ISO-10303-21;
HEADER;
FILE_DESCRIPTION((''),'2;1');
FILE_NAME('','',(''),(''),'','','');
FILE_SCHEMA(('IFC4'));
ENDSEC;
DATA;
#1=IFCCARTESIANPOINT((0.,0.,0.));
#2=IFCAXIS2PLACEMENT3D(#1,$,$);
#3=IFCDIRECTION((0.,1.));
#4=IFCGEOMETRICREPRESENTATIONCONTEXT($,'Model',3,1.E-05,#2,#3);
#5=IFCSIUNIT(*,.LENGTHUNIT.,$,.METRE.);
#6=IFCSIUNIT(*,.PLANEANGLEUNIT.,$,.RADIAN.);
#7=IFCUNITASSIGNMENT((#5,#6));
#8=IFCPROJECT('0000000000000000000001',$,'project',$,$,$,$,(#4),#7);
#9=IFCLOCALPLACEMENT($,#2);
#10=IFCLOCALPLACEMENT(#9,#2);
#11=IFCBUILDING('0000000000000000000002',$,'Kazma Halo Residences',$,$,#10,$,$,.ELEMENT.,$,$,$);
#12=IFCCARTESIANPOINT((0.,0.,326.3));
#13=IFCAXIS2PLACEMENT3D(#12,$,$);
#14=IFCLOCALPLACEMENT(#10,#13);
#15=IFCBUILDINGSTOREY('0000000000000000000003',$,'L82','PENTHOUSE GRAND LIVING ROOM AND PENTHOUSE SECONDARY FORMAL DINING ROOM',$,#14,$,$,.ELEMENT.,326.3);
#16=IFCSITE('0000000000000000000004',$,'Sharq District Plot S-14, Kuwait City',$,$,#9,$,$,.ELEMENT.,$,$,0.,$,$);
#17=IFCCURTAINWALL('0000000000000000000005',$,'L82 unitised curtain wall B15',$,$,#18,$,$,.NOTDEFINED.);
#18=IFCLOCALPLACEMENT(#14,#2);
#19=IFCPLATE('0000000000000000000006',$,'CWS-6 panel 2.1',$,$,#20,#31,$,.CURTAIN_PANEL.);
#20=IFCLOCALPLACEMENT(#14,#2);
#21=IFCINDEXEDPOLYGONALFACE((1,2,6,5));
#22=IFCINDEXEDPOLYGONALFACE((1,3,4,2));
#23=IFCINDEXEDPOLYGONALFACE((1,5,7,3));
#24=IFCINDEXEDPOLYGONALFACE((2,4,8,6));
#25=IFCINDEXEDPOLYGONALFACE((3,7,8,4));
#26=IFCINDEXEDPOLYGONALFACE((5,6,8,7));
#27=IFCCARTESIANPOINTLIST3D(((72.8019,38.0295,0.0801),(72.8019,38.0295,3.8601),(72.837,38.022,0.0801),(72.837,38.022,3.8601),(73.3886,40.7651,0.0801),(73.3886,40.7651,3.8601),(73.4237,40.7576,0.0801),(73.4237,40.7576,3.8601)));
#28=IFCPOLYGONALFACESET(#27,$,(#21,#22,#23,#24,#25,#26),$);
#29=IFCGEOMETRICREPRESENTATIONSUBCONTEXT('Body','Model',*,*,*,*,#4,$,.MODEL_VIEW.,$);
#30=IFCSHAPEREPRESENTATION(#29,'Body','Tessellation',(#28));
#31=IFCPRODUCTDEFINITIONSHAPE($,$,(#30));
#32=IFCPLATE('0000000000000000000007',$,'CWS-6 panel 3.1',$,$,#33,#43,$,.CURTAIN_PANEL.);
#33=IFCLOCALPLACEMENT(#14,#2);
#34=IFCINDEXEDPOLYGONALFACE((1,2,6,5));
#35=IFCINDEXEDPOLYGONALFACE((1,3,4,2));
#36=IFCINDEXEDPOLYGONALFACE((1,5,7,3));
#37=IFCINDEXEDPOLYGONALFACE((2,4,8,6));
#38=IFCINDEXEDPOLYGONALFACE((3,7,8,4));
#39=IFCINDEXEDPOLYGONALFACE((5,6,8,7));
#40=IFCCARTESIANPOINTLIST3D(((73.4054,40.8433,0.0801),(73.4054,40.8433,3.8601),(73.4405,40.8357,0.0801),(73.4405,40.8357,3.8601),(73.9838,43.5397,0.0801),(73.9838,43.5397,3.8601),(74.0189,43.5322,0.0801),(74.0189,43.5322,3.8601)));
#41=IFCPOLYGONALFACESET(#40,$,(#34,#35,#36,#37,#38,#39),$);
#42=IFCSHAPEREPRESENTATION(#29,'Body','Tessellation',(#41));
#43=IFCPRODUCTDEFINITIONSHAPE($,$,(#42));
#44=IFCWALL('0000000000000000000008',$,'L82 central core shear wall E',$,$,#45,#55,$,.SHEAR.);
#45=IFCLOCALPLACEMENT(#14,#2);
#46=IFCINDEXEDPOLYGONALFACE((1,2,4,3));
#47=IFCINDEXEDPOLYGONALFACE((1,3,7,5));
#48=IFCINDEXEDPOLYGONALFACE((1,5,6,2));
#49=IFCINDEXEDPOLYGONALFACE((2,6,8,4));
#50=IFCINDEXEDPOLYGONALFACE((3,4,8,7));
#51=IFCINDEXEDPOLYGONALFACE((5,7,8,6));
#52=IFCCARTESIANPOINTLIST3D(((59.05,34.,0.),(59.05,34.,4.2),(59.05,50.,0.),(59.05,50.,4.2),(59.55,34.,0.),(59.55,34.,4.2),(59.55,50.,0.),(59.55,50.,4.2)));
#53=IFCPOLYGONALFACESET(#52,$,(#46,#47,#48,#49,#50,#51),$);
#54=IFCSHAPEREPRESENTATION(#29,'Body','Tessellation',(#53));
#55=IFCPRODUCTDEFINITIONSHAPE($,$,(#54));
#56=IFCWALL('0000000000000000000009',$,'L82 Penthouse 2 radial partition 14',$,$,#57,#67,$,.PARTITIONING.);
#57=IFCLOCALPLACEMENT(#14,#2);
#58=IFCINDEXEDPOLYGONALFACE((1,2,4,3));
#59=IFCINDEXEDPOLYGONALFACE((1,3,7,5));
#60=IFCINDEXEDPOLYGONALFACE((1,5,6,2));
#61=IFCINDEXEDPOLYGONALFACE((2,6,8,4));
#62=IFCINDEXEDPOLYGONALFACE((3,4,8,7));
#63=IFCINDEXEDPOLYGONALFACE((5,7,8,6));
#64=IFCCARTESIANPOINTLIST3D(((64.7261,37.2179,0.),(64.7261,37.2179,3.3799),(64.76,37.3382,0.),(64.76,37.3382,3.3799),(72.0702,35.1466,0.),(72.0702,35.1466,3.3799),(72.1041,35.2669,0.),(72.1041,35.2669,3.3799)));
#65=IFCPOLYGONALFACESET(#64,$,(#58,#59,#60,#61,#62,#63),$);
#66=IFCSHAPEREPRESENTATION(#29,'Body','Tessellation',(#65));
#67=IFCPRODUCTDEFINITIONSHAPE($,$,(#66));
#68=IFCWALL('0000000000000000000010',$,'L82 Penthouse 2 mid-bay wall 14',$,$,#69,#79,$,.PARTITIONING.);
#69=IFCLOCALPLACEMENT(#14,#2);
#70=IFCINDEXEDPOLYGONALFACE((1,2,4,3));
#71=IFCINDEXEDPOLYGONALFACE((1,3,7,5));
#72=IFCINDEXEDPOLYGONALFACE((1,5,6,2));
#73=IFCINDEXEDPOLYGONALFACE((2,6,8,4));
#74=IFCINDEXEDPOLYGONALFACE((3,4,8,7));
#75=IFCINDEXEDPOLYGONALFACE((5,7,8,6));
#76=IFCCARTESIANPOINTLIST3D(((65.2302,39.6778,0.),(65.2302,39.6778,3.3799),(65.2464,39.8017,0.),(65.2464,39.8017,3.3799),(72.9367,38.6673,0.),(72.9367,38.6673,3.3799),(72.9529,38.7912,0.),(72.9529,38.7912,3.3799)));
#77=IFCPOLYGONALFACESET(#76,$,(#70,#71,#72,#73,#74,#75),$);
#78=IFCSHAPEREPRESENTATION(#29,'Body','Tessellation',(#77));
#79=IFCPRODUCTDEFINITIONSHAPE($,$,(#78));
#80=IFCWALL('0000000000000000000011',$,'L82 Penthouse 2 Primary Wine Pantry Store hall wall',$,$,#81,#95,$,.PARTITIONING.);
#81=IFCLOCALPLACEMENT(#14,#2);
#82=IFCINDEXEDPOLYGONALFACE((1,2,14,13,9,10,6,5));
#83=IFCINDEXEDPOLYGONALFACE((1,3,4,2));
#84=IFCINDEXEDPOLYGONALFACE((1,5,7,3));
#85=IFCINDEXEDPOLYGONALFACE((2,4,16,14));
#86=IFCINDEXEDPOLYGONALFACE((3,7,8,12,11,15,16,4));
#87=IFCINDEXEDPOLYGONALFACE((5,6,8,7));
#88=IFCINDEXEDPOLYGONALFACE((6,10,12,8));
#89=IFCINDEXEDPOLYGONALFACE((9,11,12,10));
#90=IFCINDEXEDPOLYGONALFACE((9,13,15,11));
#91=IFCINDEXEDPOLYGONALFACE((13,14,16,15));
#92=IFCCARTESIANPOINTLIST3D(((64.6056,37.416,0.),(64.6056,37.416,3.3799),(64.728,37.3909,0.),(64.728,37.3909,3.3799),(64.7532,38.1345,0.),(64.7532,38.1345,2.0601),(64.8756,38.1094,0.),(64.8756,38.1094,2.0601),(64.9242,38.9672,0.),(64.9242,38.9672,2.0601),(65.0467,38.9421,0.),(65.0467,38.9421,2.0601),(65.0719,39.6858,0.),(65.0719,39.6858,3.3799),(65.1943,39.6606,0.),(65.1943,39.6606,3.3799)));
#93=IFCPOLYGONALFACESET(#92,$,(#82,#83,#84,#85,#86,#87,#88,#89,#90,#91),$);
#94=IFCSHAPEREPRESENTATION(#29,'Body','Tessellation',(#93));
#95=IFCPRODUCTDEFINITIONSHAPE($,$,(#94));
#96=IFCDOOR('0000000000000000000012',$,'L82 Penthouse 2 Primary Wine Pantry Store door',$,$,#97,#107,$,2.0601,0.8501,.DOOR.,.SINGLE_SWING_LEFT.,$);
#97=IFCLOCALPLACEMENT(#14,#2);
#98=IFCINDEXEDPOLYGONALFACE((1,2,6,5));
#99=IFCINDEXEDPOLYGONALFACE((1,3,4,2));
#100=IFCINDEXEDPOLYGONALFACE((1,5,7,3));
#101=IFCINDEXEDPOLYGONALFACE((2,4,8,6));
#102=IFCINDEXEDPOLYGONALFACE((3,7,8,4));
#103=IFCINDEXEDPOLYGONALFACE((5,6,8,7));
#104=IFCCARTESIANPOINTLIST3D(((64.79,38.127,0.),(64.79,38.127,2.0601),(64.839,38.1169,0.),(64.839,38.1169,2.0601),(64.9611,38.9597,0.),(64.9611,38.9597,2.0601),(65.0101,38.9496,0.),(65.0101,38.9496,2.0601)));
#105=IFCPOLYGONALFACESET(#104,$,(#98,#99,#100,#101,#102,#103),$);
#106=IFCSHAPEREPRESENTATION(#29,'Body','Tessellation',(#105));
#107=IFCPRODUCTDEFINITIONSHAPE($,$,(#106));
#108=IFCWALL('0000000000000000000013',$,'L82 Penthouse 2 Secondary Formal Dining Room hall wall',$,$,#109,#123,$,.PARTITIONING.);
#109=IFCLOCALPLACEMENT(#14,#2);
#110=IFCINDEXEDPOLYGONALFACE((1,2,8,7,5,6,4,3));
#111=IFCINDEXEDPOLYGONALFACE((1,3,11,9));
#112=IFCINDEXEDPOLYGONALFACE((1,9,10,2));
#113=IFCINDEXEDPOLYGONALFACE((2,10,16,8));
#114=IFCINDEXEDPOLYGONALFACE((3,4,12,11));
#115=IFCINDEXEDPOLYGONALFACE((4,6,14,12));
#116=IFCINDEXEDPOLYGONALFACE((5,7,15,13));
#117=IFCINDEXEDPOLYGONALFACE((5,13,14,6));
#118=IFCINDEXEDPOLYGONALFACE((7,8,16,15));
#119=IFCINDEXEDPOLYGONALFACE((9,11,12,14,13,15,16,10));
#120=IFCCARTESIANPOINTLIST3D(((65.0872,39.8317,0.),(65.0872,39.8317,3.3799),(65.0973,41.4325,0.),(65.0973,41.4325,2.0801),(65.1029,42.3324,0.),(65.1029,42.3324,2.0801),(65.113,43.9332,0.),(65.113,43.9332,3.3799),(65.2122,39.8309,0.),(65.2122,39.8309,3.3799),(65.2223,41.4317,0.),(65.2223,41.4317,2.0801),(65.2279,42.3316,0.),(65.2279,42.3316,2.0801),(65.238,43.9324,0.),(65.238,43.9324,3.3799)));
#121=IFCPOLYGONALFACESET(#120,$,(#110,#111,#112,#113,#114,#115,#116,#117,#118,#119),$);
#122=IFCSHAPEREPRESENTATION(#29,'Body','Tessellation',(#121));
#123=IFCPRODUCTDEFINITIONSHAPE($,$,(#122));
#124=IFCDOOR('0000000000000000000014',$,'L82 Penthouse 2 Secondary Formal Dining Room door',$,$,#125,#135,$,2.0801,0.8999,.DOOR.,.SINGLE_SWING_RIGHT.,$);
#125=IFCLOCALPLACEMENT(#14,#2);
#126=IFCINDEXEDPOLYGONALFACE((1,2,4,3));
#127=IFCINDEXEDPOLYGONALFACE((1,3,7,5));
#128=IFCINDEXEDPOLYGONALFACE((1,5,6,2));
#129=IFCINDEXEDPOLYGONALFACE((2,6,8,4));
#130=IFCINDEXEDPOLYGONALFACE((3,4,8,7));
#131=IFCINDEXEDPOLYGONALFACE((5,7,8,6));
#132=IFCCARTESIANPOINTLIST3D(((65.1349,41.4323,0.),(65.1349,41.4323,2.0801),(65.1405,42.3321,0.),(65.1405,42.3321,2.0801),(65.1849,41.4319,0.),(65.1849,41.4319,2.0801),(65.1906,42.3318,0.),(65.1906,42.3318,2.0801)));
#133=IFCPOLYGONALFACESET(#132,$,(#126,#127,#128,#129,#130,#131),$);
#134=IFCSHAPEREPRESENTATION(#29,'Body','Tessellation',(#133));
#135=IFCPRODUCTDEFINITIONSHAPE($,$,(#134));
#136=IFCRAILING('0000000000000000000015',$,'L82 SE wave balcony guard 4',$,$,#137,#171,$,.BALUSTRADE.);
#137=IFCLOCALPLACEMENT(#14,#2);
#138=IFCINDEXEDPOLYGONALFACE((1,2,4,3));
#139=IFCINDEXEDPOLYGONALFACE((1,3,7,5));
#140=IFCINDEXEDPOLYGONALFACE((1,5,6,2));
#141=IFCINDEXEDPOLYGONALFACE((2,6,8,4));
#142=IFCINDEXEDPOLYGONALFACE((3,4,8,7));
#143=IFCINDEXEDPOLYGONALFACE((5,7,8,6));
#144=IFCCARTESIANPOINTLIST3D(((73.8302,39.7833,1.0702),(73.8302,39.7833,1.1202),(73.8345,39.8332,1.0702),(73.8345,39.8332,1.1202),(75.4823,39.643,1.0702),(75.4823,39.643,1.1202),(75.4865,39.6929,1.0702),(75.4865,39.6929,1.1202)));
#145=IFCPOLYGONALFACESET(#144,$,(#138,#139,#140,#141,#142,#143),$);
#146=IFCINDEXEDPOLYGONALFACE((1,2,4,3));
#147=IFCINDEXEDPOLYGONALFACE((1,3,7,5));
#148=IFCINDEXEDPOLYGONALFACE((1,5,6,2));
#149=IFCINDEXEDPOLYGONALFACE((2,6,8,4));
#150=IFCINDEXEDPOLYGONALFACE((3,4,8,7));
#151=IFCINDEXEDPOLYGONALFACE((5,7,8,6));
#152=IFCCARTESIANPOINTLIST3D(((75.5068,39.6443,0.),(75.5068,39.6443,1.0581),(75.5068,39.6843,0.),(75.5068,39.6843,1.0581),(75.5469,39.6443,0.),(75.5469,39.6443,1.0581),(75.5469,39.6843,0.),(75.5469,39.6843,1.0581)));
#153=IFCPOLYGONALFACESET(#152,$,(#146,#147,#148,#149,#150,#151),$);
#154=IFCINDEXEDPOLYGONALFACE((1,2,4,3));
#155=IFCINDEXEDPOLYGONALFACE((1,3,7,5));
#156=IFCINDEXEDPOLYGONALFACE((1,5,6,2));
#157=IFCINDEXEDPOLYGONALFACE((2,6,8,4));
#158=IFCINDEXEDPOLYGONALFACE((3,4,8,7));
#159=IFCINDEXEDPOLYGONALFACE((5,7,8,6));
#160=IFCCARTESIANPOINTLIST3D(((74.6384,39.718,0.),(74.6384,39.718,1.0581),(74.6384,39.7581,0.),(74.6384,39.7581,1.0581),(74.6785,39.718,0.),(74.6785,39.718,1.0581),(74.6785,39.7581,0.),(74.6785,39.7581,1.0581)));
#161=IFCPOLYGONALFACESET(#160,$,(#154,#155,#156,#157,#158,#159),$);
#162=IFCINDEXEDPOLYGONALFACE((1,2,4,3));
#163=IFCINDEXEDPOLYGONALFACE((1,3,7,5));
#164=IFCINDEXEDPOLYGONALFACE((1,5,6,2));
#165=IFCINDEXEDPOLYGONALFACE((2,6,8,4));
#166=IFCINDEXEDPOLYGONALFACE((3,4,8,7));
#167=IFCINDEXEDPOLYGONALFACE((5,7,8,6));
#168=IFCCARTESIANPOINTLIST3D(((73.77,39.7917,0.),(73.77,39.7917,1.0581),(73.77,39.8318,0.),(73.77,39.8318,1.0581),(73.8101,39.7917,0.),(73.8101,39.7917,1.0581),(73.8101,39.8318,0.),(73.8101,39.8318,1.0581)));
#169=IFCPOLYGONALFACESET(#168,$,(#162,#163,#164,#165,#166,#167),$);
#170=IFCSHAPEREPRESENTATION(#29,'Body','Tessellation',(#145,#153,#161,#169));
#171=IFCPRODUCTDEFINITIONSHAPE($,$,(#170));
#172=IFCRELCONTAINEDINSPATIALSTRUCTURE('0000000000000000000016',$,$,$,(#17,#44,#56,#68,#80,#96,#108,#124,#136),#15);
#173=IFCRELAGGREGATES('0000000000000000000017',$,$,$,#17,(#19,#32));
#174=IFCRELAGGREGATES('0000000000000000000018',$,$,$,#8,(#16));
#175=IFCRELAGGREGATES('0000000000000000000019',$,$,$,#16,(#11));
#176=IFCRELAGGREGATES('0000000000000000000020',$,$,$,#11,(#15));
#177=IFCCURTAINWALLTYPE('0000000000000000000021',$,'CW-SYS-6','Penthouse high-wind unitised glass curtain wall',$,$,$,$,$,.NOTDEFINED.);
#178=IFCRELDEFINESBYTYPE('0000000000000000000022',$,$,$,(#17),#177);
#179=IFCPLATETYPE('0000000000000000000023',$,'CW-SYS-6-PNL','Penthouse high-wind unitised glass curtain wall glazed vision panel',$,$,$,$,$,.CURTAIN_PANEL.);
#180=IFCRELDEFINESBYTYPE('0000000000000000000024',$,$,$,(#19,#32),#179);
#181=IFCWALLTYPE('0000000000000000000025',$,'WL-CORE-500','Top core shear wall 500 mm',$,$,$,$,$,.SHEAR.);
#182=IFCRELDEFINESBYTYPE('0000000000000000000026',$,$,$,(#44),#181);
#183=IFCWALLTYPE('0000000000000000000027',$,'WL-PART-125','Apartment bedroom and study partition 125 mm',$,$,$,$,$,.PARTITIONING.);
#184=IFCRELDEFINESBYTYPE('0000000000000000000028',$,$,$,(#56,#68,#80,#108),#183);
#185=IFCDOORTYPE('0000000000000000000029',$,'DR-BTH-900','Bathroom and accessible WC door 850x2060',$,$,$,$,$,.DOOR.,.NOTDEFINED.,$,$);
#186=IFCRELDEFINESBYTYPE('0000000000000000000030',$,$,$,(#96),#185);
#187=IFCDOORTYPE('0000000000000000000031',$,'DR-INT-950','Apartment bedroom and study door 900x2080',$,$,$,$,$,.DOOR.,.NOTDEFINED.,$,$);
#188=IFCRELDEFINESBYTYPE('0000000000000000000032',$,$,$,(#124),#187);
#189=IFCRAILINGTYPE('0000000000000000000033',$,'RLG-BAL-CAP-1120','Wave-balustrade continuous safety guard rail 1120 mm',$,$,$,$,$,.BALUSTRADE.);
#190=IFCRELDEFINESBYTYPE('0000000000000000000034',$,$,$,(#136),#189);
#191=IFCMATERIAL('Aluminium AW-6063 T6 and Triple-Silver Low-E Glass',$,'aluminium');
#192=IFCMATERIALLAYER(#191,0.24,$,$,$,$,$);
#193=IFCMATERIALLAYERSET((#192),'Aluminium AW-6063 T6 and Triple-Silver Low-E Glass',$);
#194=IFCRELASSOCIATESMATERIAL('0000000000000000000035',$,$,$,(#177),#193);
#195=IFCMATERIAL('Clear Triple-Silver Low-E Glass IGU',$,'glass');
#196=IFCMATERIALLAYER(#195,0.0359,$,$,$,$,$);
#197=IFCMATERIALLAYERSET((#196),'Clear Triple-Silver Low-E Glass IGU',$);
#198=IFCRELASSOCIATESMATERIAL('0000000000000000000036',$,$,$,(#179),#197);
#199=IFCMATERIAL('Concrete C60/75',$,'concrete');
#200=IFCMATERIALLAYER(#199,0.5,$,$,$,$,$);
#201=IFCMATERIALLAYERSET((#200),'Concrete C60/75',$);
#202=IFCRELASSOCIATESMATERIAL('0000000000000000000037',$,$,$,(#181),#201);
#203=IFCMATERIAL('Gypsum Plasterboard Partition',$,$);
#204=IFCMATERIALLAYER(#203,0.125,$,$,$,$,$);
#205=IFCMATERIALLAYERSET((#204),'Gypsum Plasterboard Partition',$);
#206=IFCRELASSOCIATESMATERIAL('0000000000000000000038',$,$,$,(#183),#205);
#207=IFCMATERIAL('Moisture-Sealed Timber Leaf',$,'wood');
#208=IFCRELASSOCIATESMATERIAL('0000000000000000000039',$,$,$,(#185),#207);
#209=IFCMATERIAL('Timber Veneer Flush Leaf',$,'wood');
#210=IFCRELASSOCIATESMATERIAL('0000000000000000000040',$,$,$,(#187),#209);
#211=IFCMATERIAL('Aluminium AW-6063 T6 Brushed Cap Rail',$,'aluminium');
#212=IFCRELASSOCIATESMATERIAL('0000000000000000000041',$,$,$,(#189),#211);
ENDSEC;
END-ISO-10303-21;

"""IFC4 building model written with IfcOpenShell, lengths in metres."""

from ifc_helpers import new_model, si_unit, direction, frame, frame_2d, origin, origin_2d, place, context, subcontext, project, spatial, rectangle, extrude, material, layer, layer_set, type_object, element, fill, aggregate, save


model = new_model("IFC4")

# Units and contexts
model_context = context("Model", 3, precision=1e-05, world=origin(), true_north=direction((0.0, 1.0)))
body_context = subcontext(model_context, "Body", "Model", "MODEL_VIEW")
ifc_project = project(units=[si_unit("LENGTHUNIT", "METRE"), si_unit("PLANEANGLEUNIT", "RADIAN")], contexts=[model_context])

# Site, building, storey
site_placement = place(None, origin())
site = spatial("IfcSite", under=ifc_project, at=site_placement, Name="Sharq District Plot S-14, Kuwait City", CompositionType="ELEMENT", RefElevation=0.0)
building_placement = place(site_placement, origin())
building = spatial("IfcBuilding", under=site, at=building_placement, Name="Kazma Halo Residences", CompositionType="ELEMENT")
storey_placement = place(building_placement, frame((0.0, 0.0, 326.3)))
storey = spatial("IfcBuildingStorey", under=building, at=storey_placement, Name="L82", Description="PENTHOUSE GRAND LIVING ROOM AND PENTHOUSE SECONDARY FORMAL DINING ROOM", CompositionType="ELEMENT", Elevation=326.3)

# Shared definitions
ifc_material_1 = material(Name="Concrete C60/75", Category="concrete")

# Curtain wall, plates
ifc_material_2 = material(Name="Aluminium AW-6063 T6 and Triple-Silver Low-E Glass", Category="aluminium")
ifc_layer_1 = layer(ifc_material_2, 0.24)
ifc_layer_set_1 = layer_set([ifc_layer_1], Name="Aluminium AW-6063 T6 and Triple-Silver Low-E Glass")
curtain_wall_type = type_object("IfcCurtainWallType", Name="CW-SYS-6", Description="Penthouse high-wind unitised glass curtain wall", PredefinedType="NOTDEFINED", material=ifc_layer_set_1)
curtain_wall_placement = place(storey_placement, origin())
curtain_wall = element("IfcCurtainWall", 1, at=curtain_wall_placement, inside=storey, type_object=curtain_wall_type, Name="L82 unitised curtain wall B15", PredefinedType="NOTDEFINED")
ifc_material_3 = material(Name="Clear Triple-Silver Low-E Glass IGU", Category="glass")
ifc_layer_2 = layer(ifc_material_3, 0.0359)
ifc_layer_set_2 = layer_set([ifc_layer_2], Name="Clear Triple-Silver Low-E Glass IGU")
plate_type = type_object("IfcPlateType", Name="CW-SYS-6-PNL", Description="Penthouse high-wind unitised glass curtain wall glazed vision panel", PredefinedType="CURTAIN_PANEL", material=ifc_layer_set_2)
plate_1_placement = place(storey_placement, frame((73.1128, 39.3936, 0.0801), z_axis=(0.0, 0.0, 1.0), x_axis=(0.209723, 0.977761, 0.0)))
plate_1 = element("IfcPlate", 2, at=plate_1_placement, type_object=plate_type, Name="CWS-6 panel 2.1", PredefinedType="CURTAIN_PANEL", context=body_context, shape_type="SweptSolid", body=[
    extrude(rectangle(XDim=2.7979, YDim=0.0359, at=origin_2d()), origin(), (0.0, 0.0, 1.0), 3.78),
])
plate_2_placement = place(storey_placement, frame((73.7122, 42.1877, 0.0801), z_axis=(0.0, 0.0, 1.0), x_axis=(0.209723, 0.977761, 0.0)))
plate_2 = element("IfcPlate", 3, at=plate_2_placement, type_object=plate_type, Name="CWS-6 panel 3.1", PredefinedType="CURTAIN_PANEL", context=body_context, shape_type="SweptSolid", body=[
    extrude(rectangle(XDim=2.7578, YDim=0.0359, at=origin_2d()), origin(), (0.0, 0.0, 1.0), 3.78),
])
aggregate(curtain_wall, [plate_1, plate_2])

# Walls
ifc_layer_3 = layer(ifc_material_1, 0.5)
ifc_layer_set_3 = layer_set([ifc_layer_3], Name="Concrete C60/75")
wall_type_1 = type_object("IfcWallType", Name="WL-CORE-500", Description="Top core shear wall 500 mm", PredefinedType="SHEAR", material=ifc_layer_set_3)
wall_1_placement = place(storey_placement, frame((59.3, 34.0, 0.0), z_axis=(0.0, 0.0, 1.0), x_axis=(0.0, 1.0, 0.0)))
element("IfcWall", 4, at=wall_1_placement, inside=storey, type_object=wall_type_1, Name="L82 central core shear wall E", PredefinedType="SHEAR", context=body_context, shape_type="SweptSolid", body=[
    extrude(rectangle(XDim=16.0, YDim=0.5, at=frame_2d((8.0, 0.0))), origin(), (0.0, 0.0, 1.0), 4.2),
])
ifc_material_4 = material(Name="Gypsum Plasterboard Partition")
ifc_layer_4 = layer(ifc_material_4, 0.125)
ifc_layer_set_4 = layer_set([ifc_layer_4], Name="Gypsum Plasterboard Partition")
wall_type_2 = type_object("IfcWallType", Name="WL-PART-125", Description="Apartment bedroom and study partition 125 mm", PredefinedType="PARTITIONING", material=ifc_layer_set_4)
wall_2_placement = place(storey_placement, frame((64.7429, 37.2781, 0.0), z_axis=(0.0, 0.0, 1.0), x_axis=(0.962455, -0.27144, 0.0)))
element("IfcWall", 5, at=wall_2_placement, inside=storey, type_object=wall_type_2, Name="L82 Penthouse 2 radial partition 14", PredefinedType="PARTITIONING", context=body_context, shape_type="SweptSolid", body=[
    extrude(rectangle(XDim=7.6306, YDim=0.125, at=frame_2d((3.8154, 0.0))), origin(), (0.0, 0.0, 1.0), 3.3799),
])
wall_3_placement = place(storey_placement, frame((65.2383, 39.7397, 0.0), z_axis=(0.0, 0.0, 1.0), x_axis=(0.991513, -0.130009, 0.0)))
element("IfcWall", 6, at=wall_3_placement, inside=storey, type_object=wall_type_2, Name="L82 Penthouse 2 mid-bay wall 14", PredefinedType="PARTITIONING", context=body_context, shape_type="SweptSolid", body=[
    extrude(rectangle(XDim=7.7725, YDim=0.125, at=frame_2d((3.8862, 0.0))), origin(), (0.0, 0.0, 1.0), 3.3799),
])

# Walls, openings, doors
wall_4_placement = place(storey_placement, frame((64.6667, 37.4033, 0.0), z_axis=(0.0, 0.0, 1.0), x_axis=(0.20124, 0.979542, 0.0)))
wall_4 = element("IfcWall", 7, at=wall_4_placement, inside=storey, type_object=wall_type_2, Name="L82 Penthouse 2 Primary Wine Pantry Store hall wall", PredefinedType="PARTITIONING", context=body_context, shape_type="SweptSolid", body=[
    extrude(rectangle(XDim=2.3171, YDim=0.125, at=frame_2d((1.1587, 0.0))), origin(), (0.0, 0.0, 1.0), 3.3799),
])
opening_1_placement = place(wall_4_placement, frame((0.7336, 0.0, 0.0)))
opening_1 = element("IfcOpeningElement", 8, at=opening_1_placement, cuts=wall_4, PredefinedType="OPENING", context=body_context, shape_type="SweptSolid", body=[
    extrude(rectangle(XDim=0.8501, YDim=2.0601, at=frame_2d((0.425, 1.03))), frame((0.0, 0.0725, 0.0), z_axis=(0.0, -1.0, 0.0), x_axis=(1.0, 0.0, 0.0)), (0.0, 0.0, 1.0), 0.145),
])
ifc_material_5 = material(Name="Moisture-Sealed Timber Leaf", Category="wood")
door_type_1 = type_object("IfcDoorType", Name="DR-BTH-900", Description="Bathroom and accessible WC door 850x2060", OperationType="NOTDEFINED", PredefinedType="DOOR", material=ifc_material_5)
door_1_placement = place(opening_1_placement, origin())
door_1 = element("IfcDoor", 9, at=door_1_placement, inside=storey, type_object=door_type_1, Name="L82 Penthouse 2 Primary Wine Pantry Store door", OperationType="SINGLE_SWING_LEFT", OverallHeight=2.0601, OverallWidth=0.8501, PredefinedType="DOOR", context=body_context, shape_type="SweptSolid", body=[
    extrude(rectangle(XDim=0.8501, YDim=2.0601, at=frame_2d((0.425, 1.03))), frame((0.0, 0.0249, 0.0), z_axis=(0.0, -1.0, 0.0), x_axis=(1.0, 0.0, 0.0)), (0.0, 0.0, 1.0), 0.05),
])
fill(opening_1, door_1)
wall_5_placement = place(storey_placement, frame((65.1497, 39.8313, 0.0), z_axis=(0.0, 0.0, 1.0), x_axis=(0.006309, 0.99998, 0.0)))
wall_5 = element("IfcWall", 10, at=wall_5_placement, inside=storey, type_object=wall_type_2, Name="L82 Penthouse 2 Secondary Formal Dining Room hall wall", PredefinedType="PARTITIONING", context=body_context, shape_type="SweptSolid", body=[
    extrude(rectangle(XDim=4.1016, YDim=0.125, at=frame_2d((2.0508, 0.0))), origin(), (0.0, 0.0, 1.0), 3.3799),
])
opening_2_placement = place(wall_5_placement, frame((1.6008, 0.0, 0.0)))
opening_2 = element("IfcOpeningElement", 11, at=opening_2_placement, cuts=wall_5, PredefinedType="OPENING", context=body_context, shape_type="SweptSolid", body=[
    extrude(rectangle(XDim=0.8999, YDim=2.0801, at=frame_2d((0.45, 1.04))), frame((0.0, 0.0725, 0.0), z_axis=(0.0, -1.0, 0.0), x_axis=(1.0, 0.0, 0.0)), (0.0, 0.0, 1.0), 0.145),
])
ifc_material_6 = material(Name="Timber Veneer Flush Leaf", Category="wood")
door_type_2 = type_object("IfcDoorType", Name="DR-INT-950", Description="Apartment bedroom and study door 900x2080", OperationType="NOTDEFINED", PredefinedType="DOOR", material=ifc_material_6)
door_2_placement = place(opening_2_placement, origin())
door_2 = element("IfcDoor", 12, at=door_2_placement, inside=storey, type_object=door_type_2, Name="L82 Penthouse 2 Secondary Formal Dining Room door", OperationType="SINGLE_SWING_RIGHT", OverallHeight=2.0801, OverallWidth=0.8999, PredefinedType="DOOR", context=body_context, shape_type="SweptSolid", body=[
    extrude(rectangle(XDim=0.8999, YDim=2.0801, at=frame_2d((0.45, 1.04))), frame((0.0, 0.0249, 0.0), z_axis=(0.0, -1.0, 0.0), x_axis=(1.0, 0.0, 0.0)), (0.0, 0.0, 1.0), 0.05),
])
fill(opening_2, door_2)

# Railing
ifc_material_7 = material(Name="Aluminium AW-6063 T6 Brushed Cap Rail", Category="aluminium")
railing_type = type_object("IfcRailingType", Name="RLG-BAL-CAP-1120", Description="Wave-balustrade continuous safety guard rail 1120 mm", PredefinedType="BALUSTRADE", material=ifc_material_7)
railing_placement = place(storey_placement, frame((75.5269, 39.6643, 0.0)))
element("IfcRailing", 13, at=railing_placement, inside=storey, type_object=railing_type, Name="L82 SE wave balcony guard 4", PredefinedType="BALUSTRADE", context=body_context, shape_type="SweptSolid", body=[
    extrude(rectangle(XDim=0.05, YDim=0.05, at=origin_2d()), frame((-0.0425, 0.0037, 1.0952), z_axis=(-0.996415, 0.084599, 0.0), x_axis=(-0.084599, -0.996415, 0.0)), (0.0, 0.0, 1.0), 1.658),
    extrude(rectangle(XDim=0.04, YDim=0.04, at=origin_2d()), origin(), (0.0, 0.0, 1.0), 1.0581),
    extrude(rectangle(XDim=0.04, YDim=0.04, at=origin_2d()), frame((-0.8684, 0.0737, 0.0)), (0.0, 0.0, 1.0), 1.0581),
    extrude(rectangle(XDim=0.04, YDim=0.04, at=origin_2d()), frame((-1.7368, 0.1475, 0.0)), (0.0, 0.0, 1.0), 1.0581),
])

save(model, "model.ifc")
